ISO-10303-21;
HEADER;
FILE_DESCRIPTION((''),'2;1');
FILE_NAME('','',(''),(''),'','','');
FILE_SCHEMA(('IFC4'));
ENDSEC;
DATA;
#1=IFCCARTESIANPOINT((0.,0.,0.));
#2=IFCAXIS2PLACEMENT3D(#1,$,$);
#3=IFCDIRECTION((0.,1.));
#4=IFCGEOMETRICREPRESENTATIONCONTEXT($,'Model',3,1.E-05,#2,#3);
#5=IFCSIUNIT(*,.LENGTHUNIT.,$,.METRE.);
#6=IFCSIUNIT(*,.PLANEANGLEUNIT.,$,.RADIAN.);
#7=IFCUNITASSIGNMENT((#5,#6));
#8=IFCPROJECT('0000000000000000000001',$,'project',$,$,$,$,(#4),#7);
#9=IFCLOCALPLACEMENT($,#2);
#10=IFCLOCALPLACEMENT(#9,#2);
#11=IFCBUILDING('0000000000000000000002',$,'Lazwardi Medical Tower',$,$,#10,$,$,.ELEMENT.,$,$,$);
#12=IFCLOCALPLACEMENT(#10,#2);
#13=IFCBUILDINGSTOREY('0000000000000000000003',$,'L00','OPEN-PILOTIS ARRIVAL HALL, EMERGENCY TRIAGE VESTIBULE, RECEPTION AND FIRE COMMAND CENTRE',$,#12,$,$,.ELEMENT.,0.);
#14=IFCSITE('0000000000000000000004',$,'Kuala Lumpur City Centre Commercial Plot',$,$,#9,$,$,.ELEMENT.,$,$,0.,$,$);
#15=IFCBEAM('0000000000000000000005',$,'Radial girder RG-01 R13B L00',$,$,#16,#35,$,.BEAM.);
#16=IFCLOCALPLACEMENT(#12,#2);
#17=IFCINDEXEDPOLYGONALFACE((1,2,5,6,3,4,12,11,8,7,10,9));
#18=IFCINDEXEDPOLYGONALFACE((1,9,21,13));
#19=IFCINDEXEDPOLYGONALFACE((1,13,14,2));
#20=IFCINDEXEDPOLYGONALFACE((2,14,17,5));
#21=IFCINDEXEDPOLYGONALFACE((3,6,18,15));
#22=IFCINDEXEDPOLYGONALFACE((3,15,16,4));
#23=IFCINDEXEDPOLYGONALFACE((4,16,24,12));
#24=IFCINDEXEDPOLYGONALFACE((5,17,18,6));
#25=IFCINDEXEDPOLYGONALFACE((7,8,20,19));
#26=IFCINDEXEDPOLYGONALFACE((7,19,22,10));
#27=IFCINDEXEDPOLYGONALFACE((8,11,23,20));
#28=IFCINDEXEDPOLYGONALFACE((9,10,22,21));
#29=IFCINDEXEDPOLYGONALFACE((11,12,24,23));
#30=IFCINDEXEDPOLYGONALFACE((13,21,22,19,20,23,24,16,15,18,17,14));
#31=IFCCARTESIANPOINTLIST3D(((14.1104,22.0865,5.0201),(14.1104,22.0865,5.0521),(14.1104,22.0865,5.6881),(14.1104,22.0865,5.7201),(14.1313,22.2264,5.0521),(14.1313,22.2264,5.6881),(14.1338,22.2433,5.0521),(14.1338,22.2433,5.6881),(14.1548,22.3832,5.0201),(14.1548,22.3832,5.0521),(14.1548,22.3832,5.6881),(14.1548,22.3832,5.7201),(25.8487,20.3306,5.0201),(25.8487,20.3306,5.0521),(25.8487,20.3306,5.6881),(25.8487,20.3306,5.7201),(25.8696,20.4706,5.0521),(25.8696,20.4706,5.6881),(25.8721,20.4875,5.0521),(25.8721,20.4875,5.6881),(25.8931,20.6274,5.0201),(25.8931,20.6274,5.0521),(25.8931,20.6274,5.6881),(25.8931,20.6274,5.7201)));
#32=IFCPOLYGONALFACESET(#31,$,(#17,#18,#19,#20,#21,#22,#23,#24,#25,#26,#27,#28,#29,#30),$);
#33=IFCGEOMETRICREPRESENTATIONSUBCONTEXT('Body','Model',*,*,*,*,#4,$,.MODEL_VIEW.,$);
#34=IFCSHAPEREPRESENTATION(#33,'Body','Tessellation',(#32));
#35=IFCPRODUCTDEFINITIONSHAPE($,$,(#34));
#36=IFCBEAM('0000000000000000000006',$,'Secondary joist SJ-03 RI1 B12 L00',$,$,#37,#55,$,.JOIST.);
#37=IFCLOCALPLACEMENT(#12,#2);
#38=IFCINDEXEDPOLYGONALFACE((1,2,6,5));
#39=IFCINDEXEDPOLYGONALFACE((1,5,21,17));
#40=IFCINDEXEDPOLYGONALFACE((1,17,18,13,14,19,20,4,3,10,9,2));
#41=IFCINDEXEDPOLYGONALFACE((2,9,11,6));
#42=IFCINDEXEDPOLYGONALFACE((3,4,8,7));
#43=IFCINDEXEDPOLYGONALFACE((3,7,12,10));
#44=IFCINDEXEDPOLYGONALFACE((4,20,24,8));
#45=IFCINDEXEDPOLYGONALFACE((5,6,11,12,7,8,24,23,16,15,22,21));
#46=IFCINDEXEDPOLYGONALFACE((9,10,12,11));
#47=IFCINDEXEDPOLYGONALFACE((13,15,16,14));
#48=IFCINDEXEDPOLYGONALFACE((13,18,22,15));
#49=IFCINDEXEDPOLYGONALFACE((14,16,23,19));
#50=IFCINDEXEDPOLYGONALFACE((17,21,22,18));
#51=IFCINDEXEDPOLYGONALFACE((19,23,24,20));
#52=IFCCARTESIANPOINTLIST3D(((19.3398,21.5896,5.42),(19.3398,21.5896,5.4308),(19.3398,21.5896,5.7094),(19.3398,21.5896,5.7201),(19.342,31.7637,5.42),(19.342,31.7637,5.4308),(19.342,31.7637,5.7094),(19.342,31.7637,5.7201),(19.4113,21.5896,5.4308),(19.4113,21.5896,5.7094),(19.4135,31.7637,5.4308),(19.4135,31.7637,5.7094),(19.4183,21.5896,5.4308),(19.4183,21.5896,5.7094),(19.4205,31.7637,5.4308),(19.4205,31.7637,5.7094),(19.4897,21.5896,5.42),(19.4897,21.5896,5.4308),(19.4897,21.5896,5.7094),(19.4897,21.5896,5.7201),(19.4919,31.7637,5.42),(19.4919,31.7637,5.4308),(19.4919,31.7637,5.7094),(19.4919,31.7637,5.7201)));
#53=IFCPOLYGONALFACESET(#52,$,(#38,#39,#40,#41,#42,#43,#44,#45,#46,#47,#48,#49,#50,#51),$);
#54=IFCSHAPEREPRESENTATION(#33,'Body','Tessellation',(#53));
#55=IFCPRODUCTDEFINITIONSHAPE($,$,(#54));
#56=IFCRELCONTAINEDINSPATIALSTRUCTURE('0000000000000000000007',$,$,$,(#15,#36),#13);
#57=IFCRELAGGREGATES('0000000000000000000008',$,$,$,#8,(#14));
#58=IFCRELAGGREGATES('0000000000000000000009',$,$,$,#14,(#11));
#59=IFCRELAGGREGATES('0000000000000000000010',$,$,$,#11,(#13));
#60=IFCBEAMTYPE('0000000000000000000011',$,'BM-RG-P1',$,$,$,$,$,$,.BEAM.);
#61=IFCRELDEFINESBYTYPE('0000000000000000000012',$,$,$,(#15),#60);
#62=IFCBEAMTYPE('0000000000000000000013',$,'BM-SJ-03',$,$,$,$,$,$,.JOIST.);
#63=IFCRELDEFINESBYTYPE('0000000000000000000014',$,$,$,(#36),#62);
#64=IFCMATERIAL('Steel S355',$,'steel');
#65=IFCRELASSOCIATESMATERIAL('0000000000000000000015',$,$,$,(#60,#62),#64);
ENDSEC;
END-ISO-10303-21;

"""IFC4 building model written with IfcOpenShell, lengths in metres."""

from ifc_helpers import new_model, si_unit, direction, frame, origin, origin_2d, place, context, subcontext, project, spatial, i_section, extrude, material, material_profile, profile_set, type_object, element, save


model = new_model("IFC4")

# Units and contexts
model_context = context("Model", 3, precision=1e-05, world=origin(), true_north=direction((0.0, 1.0)))
body_context = subcontext(model_context, "Body", "Model", "MODEL_VIEW")
ifc_project = project(units=[si_unit("LENGTHUNIT", "METRE"), si_unit("PLANEANGLEUNIT", "RADIAN")], contexts=[model_context])

# Site, building, storey
site_placement = place(None, origin())
site = spatial("IfcSite", under=ifc_project, at=site_placement, Name="Kuala Lumpur City Centre Commercial Plot", CompositionType="ELEMENT", RefElevation=0.0)
building_placement = place(site_placement, origin())
building = spatial("IfcBuilding", under=site, at=building_placement, Name="Lazwardi Medical Tower", CompositionType="ELEMENT")
storey_placement = place(building_placement, origin())
storey = spatial("IfcBuildingStorey", under=building, at=storey_placement, Name="L00", Description="OPEN-PILOTIS ARRIVAL HALL, EMERGENCY TRIAGE VESTIBULE, RECEPTION AND FIRE COMMAND CENTRE", CompositionType="ELEMENT", Elevation=0.0)

# Beams
ifc_material_1 = material(Name="Steel S355", Category="steel")
ifc_material_profile_1 = material_profile(ifc_material_1, i_section(OverallWidth=0.3, OverallDepth=0.7, WebThickness=0.0171, FlangeThickness=0.032, at=origin_2d()), Name="HEB 700")
ifc_profile_set_1 = profile_set([ifc_material_profile_1], Name="Steel S355")
beam_type_1 = type_object("IfcBeamType", Name="BM-RG-P1", PredefinedType="BEAM", material=ifc_profile_set_1)
beam_1_placement = place(storey_placement, frame((14.1326, 22.2349, 5.3701), z_axis=(0.988997, -0.147938, 0.0), x_axis=(0.147938, 0.988997, 0.0)))
element("IfcBeam", 1, at=beam_1_placement, inside=storey, type_object=beam_type_1, Name="Radial girder RG-01 R13B L00", PredefinedType="BEAM", context=body_context, shape_type="SweptSolid", body=[
    extrude(i_section(OverallWidth=0.3, OverallDepth=0.7, WebThickness=0.0171, FlangeThickness=0.032, at=origin_2d()), origin(), (0.0, 0.0, 1.0), 11.8689),
])
ifc_material_profile_2 = material_profile(ifc_material_1, i_section(OverallWidth=0.1499, OverallDepth=0.3, WebThickness=0.0071, FlangeThickness=0.0107, at=origin_2d()), Name="IPE 300")
ifc_profile_set_2 = profile_set([ifc_material_profile_2], Name="Steel S355")
beam_type_2 = type_object("IfcBeamType", Name="BM-SJ-03", PredefinedType="JOIST", material=ifc_profile_set_2)
beam_2_placement = place(storey_placement, frame((19.417, 31.7637, 5.5701), z_axis=(-0.000216, -1.0, 0.0), x_axis=(1.0, -0.000216, 0.0)))
element("IfcBeam", 2, at=beam_2_placement, inside=storey, type_object=beam_type_2, Name="Secondary joist SJ-03 RI1 B12 L00", PredefinedType="JOIST", context=body_context, shape_type="SweptSolid", body=[
    extrude(i_section(OverallWidth=0.1499, OverallDepth=0.3, WebThickness=0.0071, FlangeThickness=0.0107, at=origin_2d()), origin(), (0.0, 0.0, 1.0), 10.1741),
])

save(model, "model.ifc")
